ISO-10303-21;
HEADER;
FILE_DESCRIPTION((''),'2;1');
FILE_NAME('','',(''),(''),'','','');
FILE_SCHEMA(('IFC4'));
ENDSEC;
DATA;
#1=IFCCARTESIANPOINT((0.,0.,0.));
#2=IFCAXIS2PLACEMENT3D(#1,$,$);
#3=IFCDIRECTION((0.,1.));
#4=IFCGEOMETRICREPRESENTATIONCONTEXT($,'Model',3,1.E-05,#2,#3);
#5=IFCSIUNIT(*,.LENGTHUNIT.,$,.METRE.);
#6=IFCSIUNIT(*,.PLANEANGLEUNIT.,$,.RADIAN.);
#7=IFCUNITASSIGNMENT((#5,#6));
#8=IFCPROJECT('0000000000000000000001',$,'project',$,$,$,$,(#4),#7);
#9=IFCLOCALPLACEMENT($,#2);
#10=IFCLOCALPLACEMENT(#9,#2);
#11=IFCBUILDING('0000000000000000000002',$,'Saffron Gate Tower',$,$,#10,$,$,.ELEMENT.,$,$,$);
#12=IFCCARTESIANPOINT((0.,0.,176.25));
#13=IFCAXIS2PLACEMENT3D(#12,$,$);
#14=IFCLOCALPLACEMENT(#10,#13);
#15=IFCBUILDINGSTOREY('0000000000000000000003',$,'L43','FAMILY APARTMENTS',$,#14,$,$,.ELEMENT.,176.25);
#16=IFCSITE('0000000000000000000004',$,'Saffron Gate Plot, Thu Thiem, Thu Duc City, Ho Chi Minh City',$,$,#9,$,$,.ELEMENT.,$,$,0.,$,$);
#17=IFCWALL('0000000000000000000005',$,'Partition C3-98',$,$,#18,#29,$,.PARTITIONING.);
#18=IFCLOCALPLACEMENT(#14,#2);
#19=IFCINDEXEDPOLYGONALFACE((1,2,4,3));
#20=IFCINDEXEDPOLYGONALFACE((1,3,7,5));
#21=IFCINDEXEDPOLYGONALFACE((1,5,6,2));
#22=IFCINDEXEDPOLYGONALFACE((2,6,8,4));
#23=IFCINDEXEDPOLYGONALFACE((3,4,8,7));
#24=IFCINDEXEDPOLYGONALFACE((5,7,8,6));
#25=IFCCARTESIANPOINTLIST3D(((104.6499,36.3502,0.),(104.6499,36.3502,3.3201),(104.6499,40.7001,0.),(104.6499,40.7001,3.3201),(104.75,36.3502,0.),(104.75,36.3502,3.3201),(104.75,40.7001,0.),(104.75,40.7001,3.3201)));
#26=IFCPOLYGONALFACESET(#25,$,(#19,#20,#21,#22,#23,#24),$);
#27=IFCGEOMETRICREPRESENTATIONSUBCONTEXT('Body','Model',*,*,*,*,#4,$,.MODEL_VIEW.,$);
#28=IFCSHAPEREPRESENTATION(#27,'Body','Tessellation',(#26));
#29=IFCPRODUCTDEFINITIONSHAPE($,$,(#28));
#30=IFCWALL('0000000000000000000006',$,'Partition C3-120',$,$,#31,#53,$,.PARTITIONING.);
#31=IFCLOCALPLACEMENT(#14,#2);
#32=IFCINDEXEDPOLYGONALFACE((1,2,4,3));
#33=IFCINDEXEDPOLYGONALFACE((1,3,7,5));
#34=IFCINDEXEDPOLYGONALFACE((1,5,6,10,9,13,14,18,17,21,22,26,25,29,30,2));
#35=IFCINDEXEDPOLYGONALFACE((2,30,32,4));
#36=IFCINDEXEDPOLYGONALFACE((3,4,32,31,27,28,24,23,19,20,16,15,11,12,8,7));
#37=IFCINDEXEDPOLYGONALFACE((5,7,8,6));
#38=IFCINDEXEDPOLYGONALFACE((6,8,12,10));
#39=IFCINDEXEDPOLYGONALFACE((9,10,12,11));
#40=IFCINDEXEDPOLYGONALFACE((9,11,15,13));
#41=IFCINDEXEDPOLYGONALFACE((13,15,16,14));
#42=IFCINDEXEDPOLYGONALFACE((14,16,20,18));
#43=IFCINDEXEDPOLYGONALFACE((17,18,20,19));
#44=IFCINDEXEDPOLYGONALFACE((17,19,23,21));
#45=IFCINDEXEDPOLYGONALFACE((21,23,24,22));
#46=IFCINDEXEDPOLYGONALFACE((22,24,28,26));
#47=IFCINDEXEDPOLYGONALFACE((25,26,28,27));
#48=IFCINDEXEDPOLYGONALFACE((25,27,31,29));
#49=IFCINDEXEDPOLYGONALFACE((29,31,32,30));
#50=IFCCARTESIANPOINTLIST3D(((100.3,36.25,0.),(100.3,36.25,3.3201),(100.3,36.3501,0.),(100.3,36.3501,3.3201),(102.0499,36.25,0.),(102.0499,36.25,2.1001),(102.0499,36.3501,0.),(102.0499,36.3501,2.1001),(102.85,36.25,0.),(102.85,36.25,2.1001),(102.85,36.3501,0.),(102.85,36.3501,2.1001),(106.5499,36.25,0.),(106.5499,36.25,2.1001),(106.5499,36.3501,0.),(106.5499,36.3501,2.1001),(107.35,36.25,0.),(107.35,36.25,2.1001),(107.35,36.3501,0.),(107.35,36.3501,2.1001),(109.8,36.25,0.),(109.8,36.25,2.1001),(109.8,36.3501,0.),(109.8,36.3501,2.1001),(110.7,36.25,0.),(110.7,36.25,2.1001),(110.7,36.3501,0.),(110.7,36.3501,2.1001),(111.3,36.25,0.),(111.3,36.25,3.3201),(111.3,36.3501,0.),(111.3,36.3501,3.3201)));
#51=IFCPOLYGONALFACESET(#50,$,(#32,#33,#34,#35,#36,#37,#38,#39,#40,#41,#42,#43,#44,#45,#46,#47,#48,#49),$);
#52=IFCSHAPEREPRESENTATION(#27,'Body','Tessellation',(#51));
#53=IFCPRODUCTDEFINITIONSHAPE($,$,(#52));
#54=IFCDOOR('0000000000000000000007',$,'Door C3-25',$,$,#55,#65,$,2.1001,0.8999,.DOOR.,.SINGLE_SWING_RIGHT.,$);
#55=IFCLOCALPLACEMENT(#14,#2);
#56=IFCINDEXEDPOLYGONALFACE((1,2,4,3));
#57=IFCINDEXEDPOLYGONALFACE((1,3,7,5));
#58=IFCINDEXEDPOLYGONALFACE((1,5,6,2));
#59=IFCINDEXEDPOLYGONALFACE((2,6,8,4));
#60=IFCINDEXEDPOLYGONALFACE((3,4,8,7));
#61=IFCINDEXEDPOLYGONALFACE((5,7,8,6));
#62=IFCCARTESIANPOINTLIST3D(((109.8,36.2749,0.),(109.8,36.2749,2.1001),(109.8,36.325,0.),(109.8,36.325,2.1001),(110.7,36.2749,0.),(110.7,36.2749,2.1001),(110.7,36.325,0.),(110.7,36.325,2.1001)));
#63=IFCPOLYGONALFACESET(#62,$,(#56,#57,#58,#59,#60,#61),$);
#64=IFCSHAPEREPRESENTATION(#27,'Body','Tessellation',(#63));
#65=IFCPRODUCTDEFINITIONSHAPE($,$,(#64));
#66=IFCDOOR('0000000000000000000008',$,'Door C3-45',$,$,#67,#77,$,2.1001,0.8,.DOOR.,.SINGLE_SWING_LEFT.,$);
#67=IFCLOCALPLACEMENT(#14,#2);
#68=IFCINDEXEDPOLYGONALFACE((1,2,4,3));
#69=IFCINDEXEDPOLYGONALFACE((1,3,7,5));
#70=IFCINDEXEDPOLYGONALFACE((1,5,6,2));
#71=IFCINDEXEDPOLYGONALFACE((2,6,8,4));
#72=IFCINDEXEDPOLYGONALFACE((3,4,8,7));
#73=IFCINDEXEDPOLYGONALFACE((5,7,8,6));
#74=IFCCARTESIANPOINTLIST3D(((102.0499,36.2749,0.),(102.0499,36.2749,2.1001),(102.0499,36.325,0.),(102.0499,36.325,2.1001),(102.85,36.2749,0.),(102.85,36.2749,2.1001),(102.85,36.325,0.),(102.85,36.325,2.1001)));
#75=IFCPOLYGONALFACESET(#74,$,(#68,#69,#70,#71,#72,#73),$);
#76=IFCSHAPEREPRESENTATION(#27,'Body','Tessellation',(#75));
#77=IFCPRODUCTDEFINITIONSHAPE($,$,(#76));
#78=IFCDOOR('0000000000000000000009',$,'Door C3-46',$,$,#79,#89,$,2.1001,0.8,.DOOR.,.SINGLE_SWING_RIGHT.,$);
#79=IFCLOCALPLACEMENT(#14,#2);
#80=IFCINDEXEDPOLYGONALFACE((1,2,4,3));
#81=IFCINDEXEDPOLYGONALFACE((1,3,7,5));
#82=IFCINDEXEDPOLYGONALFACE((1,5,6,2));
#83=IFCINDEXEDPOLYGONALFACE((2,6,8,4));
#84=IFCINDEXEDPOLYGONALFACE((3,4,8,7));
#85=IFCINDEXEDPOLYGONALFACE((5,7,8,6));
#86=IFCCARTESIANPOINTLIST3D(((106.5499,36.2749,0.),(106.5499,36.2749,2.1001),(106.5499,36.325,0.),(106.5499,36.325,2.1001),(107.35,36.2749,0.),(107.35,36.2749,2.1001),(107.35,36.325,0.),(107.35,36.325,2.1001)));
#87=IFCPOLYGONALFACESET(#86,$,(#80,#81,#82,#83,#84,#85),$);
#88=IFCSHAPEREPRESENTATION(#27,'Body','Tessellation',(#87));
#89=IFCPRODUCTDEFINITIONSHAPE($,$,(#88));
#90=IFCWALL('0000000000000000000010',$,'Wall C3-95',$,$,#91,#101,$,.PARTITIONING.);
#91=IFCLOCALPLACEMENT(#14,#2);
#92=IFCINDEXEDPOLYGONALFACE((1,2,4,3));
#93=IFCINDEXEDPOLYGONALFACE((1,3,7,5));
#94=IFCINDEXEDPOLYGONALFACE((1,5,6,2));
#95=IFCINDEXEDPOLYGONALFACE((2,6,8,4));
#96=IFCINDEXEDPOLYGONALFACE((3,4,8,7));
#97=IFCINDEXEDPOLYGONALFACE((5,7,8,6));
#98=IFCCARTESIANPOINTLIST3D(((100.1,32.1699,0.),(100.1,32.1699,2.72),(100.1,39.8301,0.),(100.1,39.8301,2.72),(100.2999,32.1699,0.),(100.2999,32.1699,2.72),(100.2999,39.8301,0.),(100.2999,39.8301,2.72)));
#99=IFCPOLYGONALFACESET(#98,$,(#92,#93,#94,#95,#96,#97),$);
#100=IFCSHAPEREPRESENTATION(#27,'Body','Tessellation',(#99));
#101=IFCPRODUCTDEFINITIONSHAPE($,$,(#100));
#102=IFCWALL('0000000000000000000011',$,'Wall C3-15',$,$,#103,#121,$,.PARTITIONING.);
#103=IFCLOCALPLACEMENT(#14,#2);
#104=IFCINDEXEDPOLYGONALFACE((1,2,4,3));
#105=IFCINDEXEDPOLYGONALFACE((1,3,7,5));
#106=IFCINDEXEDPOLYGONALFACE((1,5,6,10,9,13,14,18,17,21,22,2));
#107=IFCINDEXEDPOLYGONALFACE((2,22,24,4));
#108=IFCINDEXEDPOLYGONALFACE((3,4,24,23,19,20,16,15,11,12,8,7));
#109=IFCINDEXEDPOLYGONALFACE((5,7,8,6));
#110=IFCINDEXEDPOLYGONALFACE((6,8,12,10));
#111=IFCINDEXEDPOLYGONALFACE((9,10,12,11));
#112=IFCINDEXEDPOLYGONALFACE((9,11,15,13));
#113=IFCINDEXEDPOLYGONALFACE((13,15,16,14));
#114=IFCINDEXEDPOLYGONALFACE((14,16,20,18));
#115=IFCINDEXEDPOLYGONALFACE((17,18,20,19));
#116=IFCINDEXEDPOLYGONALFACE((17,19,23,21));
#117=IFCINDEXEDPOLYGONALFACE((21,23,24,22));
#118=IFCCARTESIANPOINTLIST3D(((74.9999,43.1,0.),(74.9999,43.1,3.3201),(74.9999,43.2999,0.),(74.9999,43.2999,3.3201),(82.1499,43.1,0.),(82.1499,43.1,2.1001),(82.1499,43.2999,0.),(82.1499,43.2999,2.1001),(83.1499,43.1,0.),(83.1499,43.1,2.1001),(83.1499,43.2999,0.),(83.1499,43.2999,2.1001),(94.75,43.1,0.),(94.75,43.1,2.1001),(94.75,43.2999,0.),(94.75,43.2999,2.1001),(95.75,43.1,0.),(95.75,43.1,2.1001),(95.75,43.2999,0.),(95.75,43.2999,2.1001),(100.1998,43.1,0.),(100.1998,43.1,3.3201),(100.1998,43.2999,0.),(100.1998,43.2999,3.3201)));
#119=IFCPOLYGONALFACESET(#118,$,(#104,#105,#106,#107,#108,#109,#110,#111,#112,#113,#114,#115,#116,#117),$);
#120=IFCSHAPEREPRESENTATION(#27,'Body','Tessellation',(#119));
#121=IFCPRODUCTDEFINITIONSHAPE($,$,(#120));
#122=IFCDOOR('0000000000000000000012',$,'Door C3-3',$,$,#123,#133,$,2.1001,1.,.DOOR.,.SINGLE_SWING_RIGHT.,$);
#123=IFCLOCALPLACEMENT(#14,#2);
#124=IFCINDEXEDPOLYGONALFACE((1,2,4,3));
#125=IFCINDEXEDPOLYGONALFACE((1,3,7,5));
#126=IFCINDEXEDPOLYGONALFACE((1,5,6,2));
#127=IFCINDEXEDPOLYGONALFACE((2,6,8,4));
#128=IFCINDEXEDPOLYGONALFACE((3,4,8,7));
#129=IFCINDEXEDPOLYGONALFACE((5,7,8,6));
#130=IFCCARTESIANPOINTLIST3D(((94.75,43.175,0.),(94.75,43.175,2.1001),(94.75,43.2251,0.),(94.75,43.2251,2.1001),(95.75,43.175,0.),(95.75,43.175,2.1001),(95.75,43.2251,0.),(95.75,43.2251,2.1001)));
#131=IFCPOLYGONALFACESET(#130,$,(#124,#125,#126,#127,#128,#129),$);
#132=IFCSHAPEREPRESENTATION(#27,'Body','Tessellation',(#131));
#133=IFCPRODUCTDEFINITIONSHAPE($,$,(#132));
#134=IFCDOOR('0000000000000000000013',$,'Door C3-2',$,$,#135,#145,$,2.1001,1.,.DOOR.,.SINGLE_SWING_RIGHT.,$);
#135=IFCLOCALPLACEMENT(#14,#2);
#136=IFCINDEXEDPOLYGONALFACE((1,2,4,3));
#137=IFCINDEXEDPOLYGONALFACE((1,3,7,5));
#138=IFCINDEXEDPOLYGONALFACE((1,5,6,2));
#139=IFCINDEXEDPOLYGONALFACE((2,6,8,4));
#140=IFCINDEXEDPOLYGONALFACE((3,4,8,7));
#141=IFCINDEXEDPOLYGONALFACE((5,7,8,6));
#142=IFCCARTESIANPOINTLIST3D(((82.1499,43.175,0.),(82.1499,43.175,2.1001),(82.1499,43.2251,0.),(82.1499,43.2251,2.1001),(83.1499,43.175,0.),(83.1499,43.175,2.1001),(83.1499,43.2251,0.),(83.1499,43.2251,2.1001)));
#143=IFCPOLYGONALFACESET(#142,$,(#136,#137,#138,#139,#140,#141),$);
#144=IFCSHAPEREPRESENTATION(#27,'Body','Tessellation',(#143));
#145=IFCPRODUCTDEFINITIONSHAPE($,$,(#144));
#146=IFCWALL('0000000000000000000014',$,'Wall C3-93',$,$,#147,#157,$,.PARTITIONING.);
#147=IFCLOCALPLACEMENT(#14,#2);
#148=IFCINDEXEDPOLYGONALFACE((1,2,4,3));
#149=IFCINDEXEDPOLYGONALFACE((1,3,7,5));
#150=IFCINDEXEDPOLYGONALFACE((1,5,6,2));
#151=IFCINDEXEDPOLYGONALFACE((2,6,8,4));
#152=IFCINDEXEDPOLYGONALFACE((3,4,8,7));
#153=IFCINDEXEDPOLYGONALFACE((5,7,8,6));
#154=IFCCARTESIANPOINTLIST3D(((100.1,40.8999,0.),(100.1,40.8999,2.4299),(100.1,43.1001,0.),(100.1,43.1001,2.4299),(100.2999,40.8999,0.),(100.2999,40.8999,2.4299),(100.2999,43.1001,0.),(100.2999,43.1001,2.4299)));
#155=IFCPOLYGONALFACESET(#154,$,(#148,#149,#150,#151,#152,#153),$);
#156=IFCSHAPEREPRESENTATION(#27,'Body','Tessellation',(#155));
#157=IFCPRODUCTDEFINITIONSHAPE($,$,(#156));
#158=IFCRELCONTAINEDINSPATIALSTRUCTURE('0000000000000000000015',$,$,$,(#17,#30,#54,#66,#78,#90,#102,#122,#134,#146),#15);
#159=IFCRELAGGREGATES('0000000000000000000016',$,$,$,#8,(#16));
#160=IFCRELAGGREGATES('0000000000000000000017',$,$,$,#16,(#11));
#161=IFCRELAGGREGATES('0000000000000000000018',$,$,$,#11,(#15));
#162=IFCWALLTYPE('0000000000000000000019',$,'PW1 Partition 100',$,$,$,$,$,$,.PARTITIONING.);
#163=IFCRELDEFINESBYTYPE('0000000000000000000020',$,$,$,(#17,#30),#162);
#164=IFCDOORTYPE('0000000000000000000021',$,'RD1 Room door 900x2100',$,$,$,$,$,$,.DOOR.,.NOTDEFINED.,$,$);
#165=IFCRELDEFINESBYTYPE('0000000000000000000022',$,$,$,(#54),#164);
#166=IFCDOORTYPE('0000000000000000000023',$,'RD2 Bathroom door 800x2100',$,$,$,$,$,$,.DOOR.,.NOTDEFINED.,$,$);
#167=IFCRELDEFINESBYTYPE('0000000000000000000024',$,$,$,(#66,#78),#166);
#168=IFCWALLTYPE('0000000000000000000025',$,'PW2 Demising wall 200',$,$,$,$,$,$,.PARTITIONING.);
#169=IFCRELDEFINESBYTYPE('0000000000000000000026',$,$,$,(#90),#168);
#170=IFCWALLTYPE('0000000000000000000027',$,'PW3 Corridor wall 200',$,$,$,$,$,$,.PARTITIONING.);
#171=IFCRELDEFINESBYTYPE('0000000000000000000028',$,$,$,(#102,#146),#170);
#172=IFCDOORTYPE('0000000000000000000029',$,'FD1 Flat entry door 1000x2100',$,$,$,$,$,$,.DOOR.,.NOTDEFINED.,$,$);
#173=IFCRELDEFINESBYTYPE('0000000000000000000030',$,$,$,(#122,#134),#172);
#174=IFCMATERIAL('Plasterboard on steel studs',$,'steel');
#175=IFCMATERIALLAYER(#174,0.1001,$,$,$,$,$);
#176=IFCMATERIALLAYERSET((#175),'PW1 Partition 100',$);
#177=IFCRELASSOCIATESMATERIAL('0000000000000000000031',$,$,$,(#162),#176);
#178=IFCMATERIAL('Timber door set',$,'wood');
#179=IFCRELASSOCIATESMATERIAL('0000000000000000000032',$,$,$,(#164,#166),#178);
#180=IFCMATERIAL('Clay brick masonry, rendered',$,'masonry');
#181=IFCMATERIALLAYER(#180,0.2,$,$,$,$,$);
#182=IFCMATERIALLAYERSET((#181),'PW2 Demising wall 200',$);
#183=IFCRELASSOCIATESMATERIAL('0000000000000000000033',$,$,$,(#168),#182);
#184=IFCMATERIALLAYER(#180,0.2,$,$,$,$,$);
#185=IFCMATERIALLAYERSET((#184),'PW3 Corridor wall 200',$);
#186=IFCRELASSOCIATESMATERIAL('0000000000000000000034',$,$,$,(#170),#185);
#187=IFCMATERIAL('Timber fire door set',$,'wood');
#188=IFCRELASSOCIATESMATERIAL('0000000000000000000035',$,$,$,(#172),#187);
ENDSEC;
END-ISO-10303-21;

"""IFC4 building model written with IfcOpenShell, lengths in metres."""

from ifc_helpers import new_model, si_unit, direction, frame, frame_2d, origin, place, context, subcontext, project, spatial, rectangle, extrude, material, layer, layer_set, type_object, element, fill, save


model = new_model("IFC4")

# Units and contexts
model_context = context("Model", 3, precision=1e-05, world=origin(), true_north=direction((0.0, 1.0)))
body_context = subcontext(model_context, "Body", "Model", "MODEL_VIEW")
ifc_project = project(units=[si_unit("LENGTHUNIT", "METRE"), si_unit("PLANEANGLEUNIT", "RADIAN")], contexts=[model_context])

# Site, building, storey
site_placement = place(None, origin())
site = spatial("IfcSite", under=ifc_project, at=site_placement, Name="Saffron Gate Plot, Thu Thiem, Thu Duc City, Ho Chi Minh City", CompositionType="ELEMENT", RefElevation=0.0)
building_placement = place(site_placement, origin())
building = spatial("IfcBuilding", under=site, at=building_placement, Name="Saffron Gate Tower", CompositionType="ELEMENT")
storey_placement = place(building_placement, frame((0.0, 0.0, 176.25)))
storey = spatial("IfcBuildingStorey", under=building, at=storey_placement, Name="L43", Description="FAMILY APARTMENTS", CompositionType="ELEMENT", Elevation=176.25)

# Wall
ifc_material_1 = material(Name="Plasterboard on steel studs", Category="steel")
ifc_layer_1 = layer(ifc_material_1, 0.1001)
ifc_layer_set_1 = layer_set([ifc_layer_1], Name="PW1 Partition 100")
wall_type_1 = type_object("IfcWallType", Name="PW1 Partition 100", PredefinedType="PARTITIONING", material=ifc_layer_set_1)
wall_1_placement = place(storey_placement, frame((104.7, 40.7, 0.0), z_axis=(0.0, 0.0, 1.0), x_axis=(0.0, -1.0, 0.0)))
element("IfcWall", 1, at=wall_1_placement, inside=storey, type_object=wall_type_1, Name="Partition C3-98", PredefinedType="PARTITIONING", context=body_context, shape_type="SweptSolid", body=[
    extrude(rectangle(XDim=4.3499, YDim=0.1001, at=frame_2d((2.1748, 0.0))), origin(), (0.0, 0.0, 1.0), 3.3201),
])

# Wall, openings, doors
wall_2_placement = place(storey_placement, frame((100.3, 36.3, 0.0), z_axis=(0.0, 0.0, 1.0), x_axis=(1.0, 0.0, 0.0)))
wall_2 = element("IfcWall", 2, at=wall_2_placement, inside=storey, type_object=wall_type_1, Name="Partition C3-120", PredefinedType="PARTITIONING", context=body_context, shape_type="SweptSolid", body=[
    extrude(rectangle(XDim=11.0, YDim=0.1001, at=frame_2d((5.5, 0.0))), origin(), (0.0, 0.0, 1.0), 3.3201),
])
opening_1_placement = place(wall_2_placement, frame((1.75, 0.0, 0.0)))
opening_1 = element("IfcOpeningElement", 3, at=opening_1_placement, cuts=wall_2, PredefinedType="OPENING", context=body_context, shape_type="SweptSolid", body=[
    extrude(rectangle(XDim=0.8, YDim=2.1001, at=frame_2d((0.3999, 1.05))), frame((0.0, 0.0601, 0.0), z_axis=(0.0, -1.0, 0.0), x_axis=(1.0, 0.0, 0.0)), (0.0, 0.0, 1.0), 0.1201),
])
opening_2_placement = place(wall_2_placement, frame((6.25, 0.0, 0.0)))
opening_2 = element("IfcOpeningElement", 4, at=opening_2_placement, cuts=wall_2, PredefinedType="OPENING", context=body_context, shape_type="SweptSolid", body=[
    extrude(rectangle(XDim=0.8, YDim=2.1001, at=frame_2d((0.3999, 1.05))), frame((0.0, 0.0601, 0.0), z_axis=(0.0, -1.0, 0.0), x_axis=(1.0, 0.0, 0.0)), (0.0, 0.0, 1.0), 0.1201),
])
opening_3_placement = place(wall_2_placement, frame((9.5, 0.0, 0.0)))
opening_3 = element("IfcOpeningElement", 5, at=opening_3_placement, cuts=wall_2, PredefinedType="OPENING", context=body_context, shape_type="SweptSolid", body=[
    extrude(rectangle(XDim=0.8999, YDim=2.1001, at=frame_2d((0.45, 1.05))), frame((0.0, 0.0601, 0.0), z_axis=(0.0, -1.0, 0.0), x_axis=(1.0, 0.0, 0.0)), (0.0, 0.0, 1.0), 0.1201),
])
ifc_material_2 = material(Name="Timber door set", Category="wood")
door_type_1 = type_object("IfcDoorType", Name="RD1 Room door 900x2100", OperationType="NOTDEFINED", PredefinedType="DOOR", material=ifc_material_2)
door_1_placement = place(opening_3_placement, origin())
door_1 = element("IfcDoor", 6, at=door_1_placement, inside=storey, type_object=door_type_1, Name="Door C3-25", OperationType="SINGLE_SWING_RIGHT", OverallHeight=2.1001, OverallWidth=0.8999, PredefinedType="DOOR", context=body_context, shape_type="SweptSolid", body=[
    extrude(rectangle(XDim=0.8999, YDim=2.1001, at=frame_2d((0.45, 1.05))), frame((0.0, 0.0249, 0.0), z_axis=(0.0, -1.0, 0.0), x_axis=(1.0, 0.0, 0.0)), (0.0, 0.0, 1.0), 0.05),
])
fill(opening_3, door_1)
door_type_2 = type_object("IfcDoorType", Name="RD2 Bathroom door 800x2100", OperationType="NOTDEFINED", PredefinedType="DOOR", material=ifc_material_2)
door_2_placement = place(opening_1_placement, origin())
door_2 = element("IfcDoor", 7, at=door_2_placement, inside=storey, type_object=door_type_2, Name="Door C3-45", OperationType="SINGLE_SWING_LEFT", OverallHeight=2.1001, OverallWidth=0.8, PredefinedType="DOOR", context=body_context, shape_type="SweptSolid", body=[
    extrude(rectangle(XDim=0.8, YDim=2.1001, at=frame_2d((0.3999, 1.05))), frame((0.0, 0.0249, 0.0), z_axis=(0.0, -1.0, 0.0), x_axis=(1.0, 0.0, 0.0)), (0.0, 0.0, 1.0), 0.05),
])
fill(opening_1, door_2)
door_3_placement = place(opening_2_placement, origin())
door_3 = element("IfcDoor", 8, at=door_3_placement, inside=storey, type_object=door_type_2, Name="Door C3-46", OperationType="SINGLE_SWING_RIGHT", OverallHeight=2.1001, OverallWidth=0.8, PredefinedType="DOOR", context=body_context, shape_type="SweptSolid", body=[
    extrude(rectangle(XDim=0.8, YDim=2.1001, at=frame_2d((0.3999, 1.05))), frame((0.0, 0.0249, 0.0), z_axis=(0.0, -1.0, 0.0), x_axis=(1.0, 0.0, 0.0)), (0.0, 0.0, 1.0), 0.05),
])
fill(opening_2, door_3)

# Wall
ifc_material_3 = material(Name="Clay brick masonry, rendered", Category="masonry")
ifc_layer_2 = layer(ifc_material_3, 0.2)
ifc_layer_set_2 = layer_set([ifc_layer_2], Name="PW2 Demising wall 200")
wall_type_2 = type_object("IfcWallType", Name="PW2 Demising wall 200", PredefinedType="PARTITIONING", material=ifc_layer_set_2)
wall_3_placement = place(storey_placement, frame((100.2, 39.8301, 0.0), z_axis=(0.0, 0.0, 1.0), x_axis=(0.0, -1.0, 0.0)))
element("IfcWall", 9, at=wall_3_placement, inside=storey, type_object=wall_type_2, Name="Wall C3-95", PredefinedType="PARTITIONING", context=body_context, shape_type="SweptSolid", body=[
    extrude(rectangle(XDim=7.6602, YDim=0.2, at=frame_2d((3.8301, 0.0))), origin(), (0.0, 0.0, 1.0), 2.72),
])

# Wall, openings, doors
ifc_layer_3 = layer(ifc_material_3, 0.2)
ifc_layer_set_3 = layer_set([ifc_layer_3], Name="PW3 Corridor wall 200")
wall_type_3 = type_object("IfcWallType", Name="PW3 Corridor wall 200", PredefinedType="PARTITIONING", material=ifc_layer_set_3)
wall_4_placement = place(storey_placement, frame((100.2, 43.2, 0.0), z_axis=(0.0, 0.0, 1.0), x_axis=(-1.0, 0.0, 0.0)))
wall_4 = element("IfcWall", 10, at=wall_4_placement, inside=storey, type_object=wall_type_3, Name="Wall C3-15", PredefinedType="PARTITIONING", context=body_context, shape_type="SweptSolid", body=[
    extrude(rectangle(XDim=25.2, YDim=0.2, at=frame_2d((12.6001, 0.0))), origin(), (0.0, 0.0, 1.0), 3.3201),
])
opening_4_placement = place(wall_4_placement, frame((4.45, 0.0, 0.0)))
opening_4 = element("IfcOpeningElement", 11, at=opening_4_placement, cuts=wall_4, PredefinedType="OPENING", context=body_context, shape_type="SweptSolid", body=[
    extrude(rectangle(XDim=1.0, YDim=2.1001, at=frame_2d((0.5, 1.05))), frame((0.0, 0.1099, 0.0), z_axis=(0.0, -1.0, 0.0), x_axis=(1.0, 0.0, 0.0)), (0.0, 0.0, 1.0), 0.22),
])
opening_5_placement = place(wall_4_placement, frame((17.05, 0.0, 0.0)))
opening_5 = element("IfcOpeningElement", 12, at=opening_5_placement, cuts=wall_4, PredefinedType="OPENING", context=body_context, shape_type="SweptSolid", body=[
    extrude(rectangle(XDim=1.0, YDim=2.1001, at=frame_2d((0.5, 1.05))), frame((0.0, 0.1099, 0.0), z_axis=(0.0, -1.0, 0.0), x_axis=(1.0, 0.0, 0.0)), (0.0, 0.0, 1.0), 0.22),
])
ifc_material_4 = material(Name="Timber fire door set", Category="wood")
door_type_3 = type_object("IfcDoorType", Name="FD1 Flat entry door 1000x2100", OperationType="NOTDEFINED", PredefinedType="DOOR", material=ifc_material_4)
door_4_placement = place(opening_4_placement, origin())
door_4 = element("IfcDoor", 13, at=door_4_placement, inside=storey, type_object=door_type_3, Name="Door C3-3", OperationType="SINGLE_SWING_RIGHT", OverallHeight=2.1001, OverallWidth=1.0, PredefinedType="DOOR", context=body_context, shape_type="SweptSolid", body=[
    extrude(rectangle(XDim=1.0, YDim=2.1001, at=frame_2d((0.5, 1.05))), frame((0.0, 0.0249, 0.0), z_axis=(0.0, -1.0, 0.0), x_axis=(1.0, 0.0, 0.0)), (0.0, 0.0, 1.0), 0.05),
])
fill(opening_4, door_4)
door_5_placement = place(opening_5_placement, origin())
door_5 = element("IfcDoor", 14, at=door_5_placement, inside=storey, type_object=door_type_3, Name="Door C3-2", OperationType="SINGLE_SWING_RIGHT", OverallHeight=2.1001, OverallWidth=1.0, PredefinedType="DOOR", context=body_context, shape_type="SweptSolid", body=[
    extrude(rectangle(XDim=1.0, YDim=2.1001, at=frame_2d((0.5, 1.05))), frame((0.0, 0.0249, 0.0), z_axis=(0.0, -1.0, 0.0), x_axis=(1.0, 0.0, 0.0)), (0.0, 0.0, 1.0), 0.05),
])
fill(opening_5, door_5)

# Wall
wall_5_placement = place(storey_placement, frame((100.2, 43.1001, 0.0), z_axis=(0.0, 0.0, 1.0), x_axis=(0.0, -1.0, 0.0)))
element("IfcWall", 15, at=wall_5_placement, inside=storey, type_object=wall_type_3, Name="Wall C3-93", PredefinedType="PARTITIONING", context=body_context, shape_type="SweptSolid", body=[
    extrude(rectangle(XDim=2.2002, YDim=0.2, at=frame_2d((1.1001, 0.0))), origin(), (0.0, 0.0, 1.0), 2.4299),
])

save(model, "model.ifc")
